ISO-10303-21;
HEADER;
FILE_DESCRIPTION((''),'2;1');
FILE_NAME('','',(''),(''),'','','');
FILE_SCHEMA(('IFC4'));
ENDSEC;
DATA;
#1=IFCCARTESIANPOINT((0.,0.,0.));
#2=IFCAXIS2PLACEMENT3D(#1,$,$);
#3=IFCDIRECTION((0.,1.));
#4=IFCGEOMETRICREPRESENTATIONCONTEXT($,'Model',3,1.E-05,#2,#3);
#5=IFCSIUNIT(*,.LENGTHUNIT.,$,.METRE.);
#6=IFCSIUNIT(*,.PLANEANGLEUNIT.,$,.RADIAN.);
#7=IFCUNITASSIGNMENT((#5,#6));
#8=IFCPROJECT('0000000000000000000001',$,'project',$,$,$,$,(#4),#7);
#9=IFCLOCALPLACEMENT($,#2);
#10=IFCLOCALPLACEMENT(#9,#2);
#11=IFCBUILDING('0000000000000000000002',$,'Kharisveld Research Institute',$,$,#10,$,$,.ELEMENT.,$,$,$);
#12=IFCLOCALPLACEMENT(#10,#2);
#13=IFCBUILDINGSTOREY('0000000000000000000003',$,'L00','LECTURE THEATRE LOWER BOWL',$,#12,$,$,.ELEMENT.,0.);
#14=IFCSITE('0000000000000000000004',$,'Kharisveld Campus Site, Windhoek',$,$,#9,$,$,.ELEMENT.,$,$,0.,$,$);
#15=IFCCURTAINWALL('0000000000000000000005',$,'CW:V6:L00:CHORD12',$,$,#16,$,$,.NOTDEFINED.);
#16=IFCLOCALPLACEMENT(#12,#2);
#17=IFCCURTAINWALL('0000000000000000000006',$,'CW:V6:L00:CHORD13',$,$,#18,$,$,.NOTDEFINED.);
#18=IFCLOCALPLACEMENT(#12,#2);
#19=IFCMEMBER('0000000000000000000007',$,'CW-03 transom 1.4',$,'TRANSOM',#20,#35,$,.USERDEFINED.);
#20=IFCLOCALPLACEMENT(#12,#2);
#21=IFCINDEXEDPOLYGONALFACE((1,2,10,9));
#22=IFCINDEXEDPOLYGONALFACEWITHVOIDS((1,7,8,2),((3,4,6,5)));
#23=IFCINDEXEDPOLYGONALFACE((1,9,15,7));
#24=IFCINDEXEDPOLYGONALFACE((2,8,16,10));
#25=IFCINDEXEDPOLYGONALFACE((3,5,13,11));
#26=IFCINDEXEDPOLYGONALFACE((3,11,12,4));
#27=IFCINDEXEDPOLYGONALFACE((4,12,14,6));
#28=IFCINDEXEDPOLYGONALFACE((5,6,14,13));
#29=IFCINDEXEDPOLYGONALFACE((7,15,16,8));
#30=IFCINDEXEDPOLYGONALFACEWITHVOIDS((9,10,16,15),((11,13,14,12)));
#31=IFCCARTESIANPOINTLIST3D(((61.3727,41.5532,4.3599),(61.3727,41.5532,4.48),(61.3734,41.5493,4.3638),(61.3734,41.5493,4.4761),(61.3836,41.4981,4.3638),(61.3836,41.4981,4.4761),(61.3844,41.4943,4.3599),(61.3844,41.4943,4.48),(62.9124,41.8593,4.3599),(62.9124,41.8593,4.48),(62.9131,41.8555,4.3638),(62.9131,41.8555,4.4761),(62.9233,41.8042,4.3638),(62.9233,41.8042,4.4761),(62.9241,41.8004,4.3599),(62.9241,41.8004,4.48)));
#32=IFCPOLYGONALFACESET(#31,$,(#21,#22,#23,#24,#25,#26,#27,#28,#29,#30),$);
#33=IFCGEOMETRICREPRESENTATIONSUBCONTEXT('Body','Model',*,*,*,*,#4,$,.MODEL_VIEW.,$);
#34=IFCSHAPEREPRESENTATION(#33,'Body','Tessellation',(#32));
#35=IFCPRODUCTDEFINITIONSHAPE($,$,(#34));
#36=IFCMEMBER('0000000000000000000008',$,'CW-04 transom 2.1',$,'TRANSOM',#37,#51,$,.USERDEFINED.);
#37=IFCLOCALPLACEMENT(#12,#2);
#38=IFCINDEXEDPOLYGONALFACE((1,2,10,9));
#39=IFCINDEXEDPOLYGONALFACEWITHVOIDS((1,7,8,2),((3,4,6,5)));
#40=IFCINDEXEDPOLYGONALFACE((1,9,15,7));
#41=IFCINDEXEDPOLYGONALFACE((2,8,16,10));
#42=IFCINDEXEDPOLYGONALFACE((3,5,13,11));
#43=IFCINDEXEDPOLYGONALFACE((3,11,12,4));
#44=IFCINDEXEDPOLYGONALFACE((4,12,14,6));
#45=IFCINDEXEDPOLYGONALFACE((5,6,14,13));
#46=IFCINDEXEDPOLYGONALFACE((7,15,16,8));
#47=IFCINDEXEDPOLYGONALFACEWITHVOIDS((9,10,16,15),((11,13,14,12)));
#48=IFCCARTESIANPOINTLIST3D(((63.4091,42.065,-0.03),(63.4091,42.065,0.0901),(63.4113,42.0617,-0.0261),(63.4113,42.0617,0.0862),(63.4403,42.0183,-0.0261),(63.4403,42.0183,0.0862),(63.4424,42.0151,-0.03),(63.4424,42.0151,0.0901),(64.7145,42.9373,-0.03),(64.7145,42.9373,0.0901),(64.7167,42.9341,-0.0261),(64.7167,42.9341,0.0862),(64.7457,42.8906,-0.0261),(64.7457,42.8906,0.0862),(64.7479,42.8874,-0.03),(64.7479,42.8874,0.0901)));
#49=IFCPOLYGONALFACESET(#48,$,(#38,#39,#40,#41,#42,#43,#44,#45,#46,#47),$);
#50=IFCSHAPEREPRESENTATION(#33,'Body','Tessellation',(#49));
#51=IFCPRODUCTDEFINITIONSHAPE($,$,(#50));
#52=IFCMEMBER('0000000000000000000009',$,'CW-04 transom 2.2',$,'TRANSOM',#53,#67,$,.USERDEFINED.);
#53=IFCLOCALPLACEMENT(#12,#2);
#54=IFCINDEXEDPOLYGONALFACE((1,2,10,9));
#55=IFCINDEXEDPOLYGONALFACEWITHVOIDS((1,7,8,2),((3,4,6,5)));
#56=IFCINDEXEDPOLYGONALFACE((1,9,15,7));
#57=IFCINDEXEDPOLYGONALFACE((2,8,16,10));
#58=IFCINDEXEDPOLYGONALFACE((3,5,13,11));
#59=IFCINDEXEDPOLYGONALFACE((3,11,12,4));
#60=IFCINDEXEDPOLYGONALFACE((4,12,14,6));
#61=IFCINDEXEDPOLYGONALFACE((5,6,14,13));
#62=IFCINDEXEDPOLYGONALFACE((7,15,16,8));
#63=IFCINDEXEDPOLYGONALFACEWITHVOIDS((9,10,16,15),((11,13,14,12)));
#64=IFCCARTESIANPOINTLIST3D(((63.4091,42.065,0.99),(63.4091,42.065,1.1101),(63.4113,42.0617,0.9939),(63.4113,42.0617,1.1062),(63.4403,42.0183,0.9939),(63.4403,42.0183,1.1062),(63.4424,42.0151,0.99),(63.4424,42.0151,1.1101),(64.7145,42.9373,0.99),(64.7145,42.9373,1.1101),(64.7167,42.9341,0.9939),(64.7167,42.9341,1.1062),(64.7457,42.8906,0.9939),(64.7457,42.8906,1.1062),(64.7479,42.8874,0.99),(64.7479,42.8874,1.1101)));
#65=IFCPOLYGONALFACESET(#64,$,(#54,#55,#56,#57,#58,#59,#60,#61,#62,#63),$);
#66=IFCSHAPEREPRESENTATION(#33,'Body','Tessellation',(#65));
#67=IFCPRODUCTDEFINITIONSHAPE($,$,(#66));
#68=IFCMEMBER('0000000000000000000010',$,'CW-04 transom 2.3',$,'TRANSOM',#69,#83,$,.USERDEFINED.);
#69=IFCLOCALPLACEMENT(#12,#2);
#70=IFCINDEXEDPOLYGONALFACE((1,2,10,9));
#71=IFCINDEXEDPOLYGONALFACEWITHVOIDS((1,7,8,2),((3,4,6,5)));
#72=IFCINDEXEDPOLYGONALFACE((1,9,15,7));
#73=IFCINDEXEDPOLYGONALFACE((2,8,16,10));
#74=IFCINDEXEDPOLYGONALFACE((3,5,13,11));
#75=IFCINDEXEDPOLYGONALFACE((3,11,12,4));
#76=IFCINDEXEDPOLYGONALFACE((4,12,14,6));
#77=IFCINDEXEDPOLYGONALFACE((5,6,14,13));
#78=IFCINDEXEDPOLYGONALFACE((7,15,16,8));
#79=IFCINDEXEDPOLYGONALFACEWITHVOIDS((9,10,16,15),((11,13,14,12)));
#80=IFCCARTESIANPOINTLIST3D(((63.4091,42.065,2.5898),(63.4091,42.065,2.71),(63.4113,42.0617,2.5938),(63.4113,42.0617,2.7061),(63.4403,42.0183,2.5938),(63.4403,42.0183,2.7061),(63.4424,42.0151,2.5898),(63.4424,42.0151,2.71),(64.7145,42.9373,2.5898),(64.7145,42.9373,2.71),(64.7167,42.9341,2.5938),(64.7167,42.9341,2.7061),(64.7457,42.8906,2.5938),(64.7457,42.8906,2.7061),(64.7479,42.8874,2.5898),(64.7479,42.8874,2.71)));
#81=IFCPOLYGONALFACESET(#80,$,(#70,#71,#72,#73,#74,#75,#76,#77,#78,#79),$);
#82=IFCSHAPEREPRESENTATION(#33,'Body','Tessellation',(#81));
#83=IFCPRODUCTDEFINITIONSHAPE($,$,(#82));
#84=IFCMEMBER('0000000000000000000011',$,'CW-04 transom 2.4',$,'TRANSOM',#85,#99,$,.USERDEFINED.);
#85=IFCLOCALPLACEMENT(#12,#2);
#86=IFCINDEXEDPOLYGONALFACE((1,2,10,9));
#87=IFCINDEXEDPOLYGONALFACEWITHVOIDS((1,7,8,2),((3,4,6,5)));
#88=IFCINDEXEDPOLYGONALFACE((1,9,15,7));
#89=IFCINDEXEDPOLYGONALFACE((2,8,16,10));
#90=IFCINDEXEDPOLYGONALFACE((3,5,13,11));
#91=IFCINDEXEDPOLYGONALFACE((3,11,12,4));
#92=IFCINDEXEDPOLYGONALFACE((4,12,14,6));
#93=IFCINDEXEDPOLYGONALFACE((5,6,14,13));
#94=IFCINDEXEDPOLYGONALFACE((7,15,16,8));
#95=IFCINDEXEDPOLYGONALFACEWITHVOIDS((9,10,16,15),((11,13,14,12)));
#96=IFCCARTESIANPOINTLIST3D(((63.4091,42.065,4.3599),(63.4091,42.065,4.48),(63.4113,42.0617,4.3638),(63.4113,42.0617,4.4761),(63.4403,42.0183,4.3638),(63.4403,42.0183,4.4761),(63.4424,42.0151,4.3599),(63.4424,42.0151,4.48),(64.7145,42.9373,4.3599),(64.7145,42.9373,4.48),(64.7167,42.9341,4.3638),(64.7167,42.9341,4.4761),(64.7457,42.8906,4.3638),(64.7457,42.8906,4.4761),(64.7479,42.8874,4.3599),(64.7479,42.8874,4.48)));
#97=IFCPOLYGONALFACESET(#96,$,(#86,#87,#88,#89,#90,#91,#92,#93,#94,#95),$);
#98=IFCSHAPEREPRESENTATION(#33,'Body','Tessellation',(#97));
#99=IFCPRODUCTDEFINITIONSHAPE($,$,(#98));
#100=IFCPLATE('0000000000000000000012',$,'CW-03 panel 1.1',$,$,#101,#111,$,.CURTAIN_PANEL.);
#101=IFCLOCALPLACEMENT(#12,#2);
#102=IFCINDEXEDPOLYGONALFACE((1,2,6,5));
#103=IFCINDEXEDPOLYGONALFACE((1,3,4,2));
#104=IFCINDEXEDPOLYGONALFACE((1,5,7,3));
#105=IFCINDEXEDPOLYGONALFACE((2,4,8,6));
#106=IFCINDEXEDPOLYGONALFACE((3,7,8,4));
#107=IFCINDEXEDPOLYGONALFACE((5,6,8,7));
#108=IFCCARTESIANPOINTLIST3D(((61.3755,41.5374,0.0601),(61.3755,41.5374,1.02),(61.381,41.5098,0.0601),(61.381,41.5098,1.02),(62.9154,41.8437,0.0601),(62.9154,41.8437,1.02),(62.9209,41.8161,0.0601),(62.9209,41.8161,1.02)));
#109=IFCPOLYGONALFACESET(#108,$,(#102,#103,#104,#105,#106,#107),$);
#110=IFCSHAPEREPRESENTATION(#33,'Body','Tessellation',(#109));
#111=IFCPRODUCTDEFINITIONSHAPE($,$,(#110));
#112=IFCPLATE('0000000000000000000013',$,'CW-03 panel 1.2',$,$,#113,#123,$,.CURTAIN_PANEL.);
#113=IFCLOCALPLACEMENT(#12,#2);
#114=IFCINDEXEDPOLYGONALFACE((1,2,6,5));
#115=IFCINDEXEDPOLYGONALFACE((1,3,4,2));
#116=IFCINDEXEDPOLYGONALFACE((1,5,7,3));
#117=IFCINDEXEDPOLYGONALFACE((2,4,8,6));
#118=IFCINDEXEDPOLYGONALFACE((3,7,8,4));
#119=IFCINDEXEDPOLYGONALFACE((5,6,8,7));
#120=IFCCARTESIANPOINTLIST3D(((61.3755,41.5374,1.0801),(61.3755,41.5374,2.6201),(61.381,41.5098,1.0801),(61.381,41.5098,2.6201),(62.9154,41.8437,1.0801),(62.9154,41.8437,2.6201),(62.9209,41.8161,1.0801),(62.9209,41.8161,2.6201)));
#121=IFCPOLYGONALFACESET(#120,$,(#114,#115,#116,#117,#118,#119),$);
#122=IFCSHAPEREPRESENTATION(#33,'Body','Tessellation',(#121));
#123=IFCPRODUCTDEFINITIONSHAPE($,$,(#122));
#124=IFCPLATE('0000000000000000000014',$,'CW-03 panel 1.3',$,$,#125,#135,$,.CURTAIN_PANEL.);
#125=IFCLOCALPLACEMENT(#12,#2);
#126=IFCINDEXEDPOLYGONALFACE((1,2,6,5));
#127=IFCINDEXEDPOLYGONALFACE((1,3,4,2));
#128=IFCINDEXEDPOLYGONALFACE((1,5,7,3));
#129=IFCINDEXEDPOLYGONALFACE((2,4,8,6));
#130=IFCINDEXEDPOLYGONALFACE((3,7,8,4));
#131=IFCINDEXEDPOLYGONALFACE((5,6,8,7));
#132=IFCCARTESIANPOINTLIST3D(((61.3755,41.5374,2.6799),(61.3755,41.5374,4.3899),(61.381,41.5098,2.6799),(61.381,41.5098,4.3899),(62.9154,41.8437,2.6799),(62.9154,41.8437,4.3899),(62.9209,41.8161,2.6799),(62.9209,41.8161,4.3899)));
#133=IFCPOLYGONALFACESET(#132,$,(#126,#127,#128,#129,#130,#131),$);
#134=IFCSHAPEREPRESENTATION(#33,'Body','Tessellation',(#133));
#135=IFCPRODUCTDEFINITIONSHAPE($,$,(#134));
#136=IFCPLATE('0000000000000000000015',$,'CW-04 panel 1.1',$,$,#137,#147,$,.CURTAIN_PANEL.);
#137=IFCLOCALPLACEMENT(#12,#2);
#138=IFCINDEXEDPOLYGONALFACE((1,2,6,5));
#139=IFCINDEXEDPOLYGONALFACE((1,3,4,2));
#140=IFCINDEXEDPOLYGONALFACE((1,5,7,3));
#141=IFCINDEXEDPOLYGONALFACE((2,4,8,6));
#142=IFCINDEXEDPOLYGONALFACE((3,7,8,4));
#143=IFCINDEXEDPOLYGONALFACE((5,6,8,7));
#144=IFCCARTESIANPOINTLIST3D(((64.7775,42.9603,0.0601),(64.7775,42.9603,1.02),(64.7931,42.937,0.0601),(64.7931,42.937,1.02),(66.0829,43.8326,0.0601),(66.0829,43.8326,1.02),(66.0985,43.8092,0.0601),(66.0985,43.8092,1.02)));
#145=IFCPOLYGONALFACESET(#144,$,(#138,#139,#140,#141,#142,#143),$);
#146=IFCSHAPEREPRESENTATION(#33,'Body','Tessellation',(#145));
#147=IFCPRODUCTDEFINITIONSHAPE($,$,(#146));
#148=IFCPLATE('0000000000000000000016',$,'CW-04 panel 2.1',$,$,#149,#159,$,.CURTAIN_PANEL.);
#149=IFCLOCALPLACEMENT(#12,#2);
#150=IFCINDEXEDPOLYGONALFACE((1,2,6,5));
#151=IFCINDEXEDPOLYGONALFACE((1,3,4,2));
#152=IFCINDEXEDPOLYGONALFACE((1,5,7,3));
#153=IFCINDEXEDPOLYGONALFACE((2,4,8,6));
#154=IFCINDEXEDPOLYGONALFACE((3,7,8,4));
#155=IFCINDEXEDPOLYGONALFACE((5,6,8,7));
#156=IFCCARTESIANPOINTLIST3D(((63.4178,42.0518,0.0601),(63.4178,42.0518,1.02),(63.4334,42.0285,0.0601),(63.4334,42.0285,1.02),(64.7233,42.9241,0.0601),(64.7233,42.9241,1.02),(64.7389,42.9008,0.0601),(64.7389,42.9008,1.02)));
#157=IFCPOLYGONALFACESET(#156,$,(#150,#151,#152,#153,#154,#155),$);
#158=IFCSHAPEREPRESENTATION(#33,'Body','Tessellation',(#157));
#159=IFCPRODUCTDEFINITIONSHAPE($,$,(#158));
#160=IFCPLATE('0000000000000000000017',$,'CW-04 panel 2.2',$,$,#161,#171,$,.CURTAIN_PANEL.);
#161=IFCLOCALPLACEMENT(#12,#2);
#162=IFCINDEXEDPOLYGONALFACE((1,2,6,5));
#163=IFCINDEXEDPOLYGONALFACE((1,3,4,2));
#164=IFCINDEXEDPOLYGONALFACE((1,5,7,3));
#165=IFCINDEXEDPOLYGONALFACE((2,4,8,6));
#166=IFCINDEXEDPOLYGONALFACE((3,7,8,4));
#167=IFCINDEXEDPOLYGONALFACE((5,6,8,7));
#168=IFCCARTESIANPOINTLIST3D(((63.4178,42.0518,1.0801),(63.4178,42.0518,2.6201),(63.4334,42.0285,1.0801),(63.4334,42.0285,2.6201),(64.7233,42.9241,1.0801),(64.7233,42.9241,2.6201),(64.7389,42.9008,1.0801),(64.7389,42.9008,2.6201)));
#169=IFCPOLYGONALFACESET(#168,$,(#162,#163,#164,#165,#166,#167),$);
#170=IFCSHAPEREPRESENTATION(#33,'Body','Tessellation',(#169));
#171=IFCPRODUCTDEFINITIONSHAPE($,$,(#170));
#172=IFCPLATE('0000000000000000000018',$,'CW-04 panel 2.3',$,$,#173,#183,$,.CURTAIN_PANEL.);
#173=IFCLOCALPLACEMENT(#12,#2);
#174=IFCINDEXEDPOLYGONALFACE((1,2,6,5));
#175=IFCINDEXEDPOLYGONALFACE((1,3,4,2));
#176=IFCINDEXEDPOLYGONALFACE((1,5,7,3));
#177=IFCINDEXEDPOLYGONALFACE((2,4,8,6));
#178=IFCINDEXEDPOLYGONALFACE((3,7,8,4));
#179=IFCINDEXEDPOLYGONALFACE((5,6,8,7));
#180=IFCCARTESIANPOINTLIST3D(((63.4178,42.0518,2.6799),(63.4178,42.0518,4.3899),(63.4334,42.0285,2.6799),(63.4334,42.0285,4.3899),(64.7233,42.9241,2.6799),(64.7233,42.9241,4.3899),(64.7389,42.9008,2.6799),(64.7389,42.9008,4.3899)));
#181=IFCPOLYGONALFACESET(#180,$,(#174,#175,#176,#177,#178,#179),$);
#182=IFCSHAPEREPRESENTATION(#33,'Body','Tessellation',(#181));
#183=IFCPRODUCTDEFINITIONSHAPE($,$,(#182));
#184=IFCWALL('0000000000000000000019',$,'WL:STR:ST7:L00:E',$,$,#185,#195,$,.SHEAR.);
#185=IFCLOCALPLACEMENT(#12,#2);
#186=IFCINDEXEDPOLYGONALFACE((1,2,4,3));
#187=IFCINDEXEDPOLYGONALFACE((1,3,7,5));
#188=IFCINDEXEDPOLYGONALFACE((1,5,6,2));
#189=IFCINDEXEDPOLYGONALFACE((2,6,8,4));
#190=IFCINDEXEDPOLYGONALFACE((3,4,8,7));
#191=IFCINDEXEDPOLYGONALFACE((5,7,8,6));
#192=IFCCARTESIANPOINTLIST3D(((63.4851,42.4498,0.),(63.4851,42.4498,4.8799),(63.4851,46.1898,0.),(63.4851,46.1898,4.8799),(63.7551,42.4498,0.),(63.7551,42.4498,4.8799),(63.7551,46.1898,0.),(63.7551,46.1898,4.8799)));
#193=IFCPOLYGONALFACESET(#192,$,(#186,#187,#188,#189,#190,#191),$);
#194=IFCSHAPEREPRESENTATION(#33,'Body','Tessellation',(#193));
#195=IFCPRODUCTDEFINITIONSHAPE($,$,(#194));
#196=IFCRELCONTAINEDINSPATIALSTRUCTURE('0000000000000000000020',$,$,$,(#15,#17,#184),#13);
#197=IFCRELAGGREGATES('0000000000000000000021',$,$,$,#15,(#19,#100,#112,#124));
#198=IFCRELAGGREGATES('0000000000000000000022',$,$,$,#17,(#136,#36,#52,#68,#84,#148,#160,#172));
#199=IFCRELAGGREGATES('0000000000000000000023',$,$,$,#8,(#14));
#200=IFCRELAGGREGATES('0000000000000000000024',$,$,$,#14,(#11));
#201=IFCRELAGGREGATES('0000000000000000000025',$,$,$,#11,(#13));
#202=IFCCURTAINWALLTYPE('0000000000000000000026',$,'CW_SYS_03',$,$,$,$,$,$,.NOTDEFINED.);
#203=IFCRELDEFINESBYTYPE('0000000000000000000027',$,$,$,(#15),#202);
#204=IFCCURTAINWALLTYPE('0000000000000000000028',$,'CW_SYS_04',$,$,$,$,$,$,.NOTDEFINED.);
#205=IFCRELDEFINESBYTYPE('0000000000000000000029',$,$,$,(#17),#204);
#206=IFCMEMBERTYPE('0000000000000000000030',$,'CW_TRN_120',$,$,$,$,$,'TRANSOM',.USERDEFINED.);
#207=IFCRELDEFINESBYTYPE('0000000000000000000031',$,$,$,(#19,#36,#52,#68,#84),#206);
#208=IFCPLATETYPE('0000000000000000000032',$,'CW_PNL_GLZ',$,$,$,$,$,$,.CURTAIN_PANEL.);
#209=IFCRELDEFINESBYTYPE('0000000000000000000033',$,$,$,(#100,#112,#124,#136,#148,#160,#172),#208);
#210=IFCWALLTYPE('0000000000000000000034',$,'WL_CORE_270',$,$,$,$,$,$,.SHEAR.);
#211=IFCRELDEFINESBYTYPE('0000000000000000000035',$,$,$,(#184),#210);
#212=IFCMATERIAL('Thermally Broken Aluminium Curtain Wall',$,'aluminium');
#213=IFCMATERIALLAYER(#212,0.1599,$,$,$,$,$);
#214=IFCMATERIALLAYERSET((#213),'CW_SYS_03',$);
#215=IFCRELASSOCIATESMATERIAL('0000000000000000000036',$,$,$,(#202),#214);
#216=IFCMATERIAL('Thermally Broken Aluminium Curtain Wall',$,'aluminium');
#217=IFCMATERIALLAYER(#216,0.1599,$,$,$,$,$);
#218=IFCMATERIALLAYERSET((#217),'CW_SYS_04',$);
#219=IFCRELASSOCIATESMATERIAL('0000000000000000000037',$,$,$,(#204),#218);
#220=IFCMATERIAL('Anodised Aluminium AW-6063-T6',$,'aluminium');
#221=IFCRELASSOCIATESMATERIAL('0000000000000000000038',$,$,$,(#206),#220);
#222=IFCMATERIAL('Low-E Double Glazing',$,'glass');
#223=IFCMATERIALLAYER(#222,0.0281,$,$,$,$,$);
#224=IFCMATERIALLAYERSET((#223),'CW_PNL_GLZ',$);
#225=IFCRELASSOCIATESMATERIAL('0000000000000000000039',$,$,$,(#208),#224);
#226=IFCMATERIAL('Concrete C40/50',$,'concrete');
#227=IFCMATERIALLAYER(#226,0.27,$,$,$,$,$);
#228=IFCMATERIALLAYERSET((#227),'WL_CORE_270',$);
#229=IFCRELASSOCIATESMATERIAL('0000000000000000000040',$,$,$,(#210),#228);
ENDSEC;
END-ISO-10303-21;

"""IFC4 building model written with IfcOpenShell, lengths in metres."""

from ifc_helpers import new_model, si_unit, direction, frame, frame_2d, origin, origin_2d, place, context, subcontext, project, spatial, rectangle, hollow_rectangle, extrude, material, layer, layer_set, material_profile, profile_set, type_object, element, aggregate, save


model = new_model("IFC4")

# Units and contexts
model_context = context("Model", 3, precision=1e-05, world=origin(), true_north=direction((0.0, 1.0)))
body_context = subcontext(model_context, "Body", "Model", "MODEL_VIEW")
ifc_project = project(units=[si_unit("LENGTHUNIT", "METRE"), si_unit("PLANEANGLEUNIT", "RADIAN")], contexts=[model_context])

# Site, building, storey
site_placement = place(None, origin())
site = spatial("IfcSite", under=ifc_project, at=site_placement, Name="Kharisveld Campus Site, Windhoek", CompositionType="ELEMENT", RefElevation=0.0)
building_placement = place(site_placement, origin())
building = spatial("IfcBuilding", under=site, at=building_placement, Name="Kharisveld Research Institute", CompositionType="ELEMENT")
storey_placement = place(building_placement, origin())
storey = spatial("IfcBuildingStorey", under=building, at=storey_placement, Name="L00", Description="LECTURE THEATRE LOWER BOWL", CompositionType="ELEMENT", Elevation=0.0)

# Curtain wall
ifc_material_1 = material(Name="Thermally Broken Aluminium Curtain Wall", Category="aluminium")
ifc_layer_1 = layer(ifc_material_1, 0.1599)
ifc_layer_set_1 = layer_set([ifc_layer_1], Name="CW_SYS_03")
curtain_wall_type_1 = type_object("IfcCurtainWallType", Name="CW_SYS_03", PredefinedType="NOTDEFINED", material=ifc_layer_set_1)
curtain_wall_1_placement = place(storey_placement, origin())
curtain_wall_1 = element("IfcCurtainWall", 1, at=curtain_wall_1_placement, inside=storey, type_object=curtain_wall_type_1, Name="CW:V6:L00:CHORD12", PredefinedType="NOTDEFINED")

# Curtain wall
ifc_material_2 = material(Name="Thermally Broken Aluminium Curtain Wall", Category="aluminium")
ifc_layer_2 = layer(ifc_material_2, 0.1599)
ifc_layer_set_2 = layer_set([ifc_layer_2], Name="CW_SYS_04")
curtain_wall_type_2 = type_object("IfcCurtainWallType", Name="CW_SYS_04", PredefinedType="NOTDEFINED", material=ifc_layer_set_2)
curtain_wall_2_placement = place(storey_placement, origin())
curtain_wall_2 = element("IfcCurtainWall", 2, at=curtain_wall_2_placement, inside=storey, type_object=curtain_wall_type_2, Name="CW:V6:L00:CHORD13", PredefinedType="NOTDEFINED")

# Members
ifc_material_3 = material(Name="Anodised Aluminium AW-6063-T6", Category="aluminium")
ifc_material_profile_1 = material_profile(ifc_material_3, hollow_rectangle(XDim=0.0601, YDim=0.1201, WallThickness=0.0039, at=origin_2d()))
ifc_profile_set_1 = profile_set([ifc_material_profile_1], Name="Anodised Aluminium AW-6063-T6")
member_type_1 = type_object("IfcMemberType", Name="CW_TRN_120", ElementType="TRANSOM", PredefinedType="USERDEFINED", material=ifc_profile_set_1)
member_1_placement = place(storey_placement, frame((62.9182, 41.8298, 4.4199), z_axis=(-0.980801, -0.195009, 0.0), x_axis=(0.195009, -0.980801, 0.0)))
member_1 = element("IfcMember", 3, at=member_1_placement, type_object=member_type_1, Name="CW-03 transom 1.4", ObjectType="TRANSOM", PredefinedType="USERDEFINED", context=body_context, shape_type="SweptSolid", body=[
    extrude(hollow_rectangle(XDim=0.0601, YDim=0.1201, WallThickness=0.0039, at=origin_2d()), origin(), (0.0, 0.0, 1.0), 1.5698),
])
member_2_placement = place(storey_placement, frame((64.7312, 42.9124, 0.03), z_axis=(-0.831452, -0.555597, 0.0), x_axis=(0.555597, -0.831452, 0.0)))
member_2 = element("IfcMember", 4, at=member_2_placement, type_object=member_type_1, Name="CW-04 transom 2.1", ObjectType="TRANSOM", PredefinedType="USERDEFINED", context=body_context, shape_type="SweptSolid", body=[
    extrude(hollow_rectangle(XDim=0.0601, YDim=0.1201, WallThickness=0.0039, at=origin_2d()), origin(), (0.0, 0.0, 1.0), 1.5701),
])
member_3_placement = place(storey_placement, frame((64.7312, 42.9124, 1.05), z_axis=(-0.831452, -0.555597, 0.0), x_axis=(0.555597, -0.831452, 0.0)))
member_3 = element("IfcMember", 5, at=member_3_placement, type_object=member_type_1, Name="CW-04 transom 2.2", ObjectType="TRANSOM", PredefinedType="USERDEFINED", context=body_context, shape_type="SweptSolid", body=[
    extrude(hollow_rectangle(XDim=0.0601, YDim=0.1201, WallThickness=0.0039, at=origin_2d()), origin(), (0.0, 0.0, 1.0), 1.5701),
])
member_4_placement = place(storey_placement, frame((64.7312, 42.9124, 2.6499), z_axis=(-0.831452, -0.555597, 0.0), x_axis=(0.555597, -0.831452, 0.0)))
member_4 = element("IfcMember", 6, at=member_4_placement, type_object=member_type_1, Name="CW-04 transom 2.3", ObjectType="TRANSOM", PredefinedType="USERDEFINED", context=body_context, shape_type="SweptSolid", body=[
    extrude(hollow_rectangle(XDim=0.0601, YDim=0.1201, WallThickness=0.0039, at=origin_2d()), origin(), (0.0, 0.0, 1.0), 1.5701),
])
member_5_placement = place(storey_placement, frame((64.7312, 42.9124, 4.4199), z_axis=(-0.831452, -0.555597, 0.0), x_axis=(0.555597, -0.831452, 0.0)))
member_5 = element("IfcMember", 7, at=member_5_placement, type_object=member_type_1, Name="CW-04 transom 2.4", ObjectType="TRANSOM", PredefinedType="USERDEFINED", context=body_context, shape_type="SweptSolid", body=[
    extrude(hollow_rectangle(XDim=0.0601, YDim=0.1201, WallThickness=0.0039, at=origin_2d()), origin(), (0.0, 0.0, 1.0), 1.5701),
])

# Plates
ifc_material_4 = material(Name="Low-E Double Glazing", Category="glass")
ifc_layer_3 = layer(ifc_material_4, 0.0281)
ifc_layer_set_3 = layer_set([ifc_layer_3], Name="CW_PNL_GLZ")
plate_type = type_object("IfcPlateType", Name="CW_PNL_GLZ", PredefinedType="CURTAIN_PANEL", material=ifc_layer_set_3)
plate_1_placement = place(storey_placement, frame((62.1482, 41.6768, 0.0601), z_axis=(0.0, 0.0, 1.0), x_axis=(-0.980785, -0.195091, 0.0)))
plate_1 = element("IfcPlate", 8, at=plate_1_placement, type_object=plate_type, Name="CW-03 panel 1.1", PredefinedType="CURTAIN_PANEL", context=body_context, shape_type="SweptSolid", body=[
    extrude(rectangle(XDim=1.5701, YDim=0.0281, at=origin_2d()), origin(), (0.0, 0.0, 1.0), 0.96),
])
plate_2_placement = place(storey_placement, frame((62.1482, 41.6768, 1.0801), z_axis=(0.0, 0.0, 1.0), x_axis=(-0.980785, -0.195091, 0.0)))
plate_2 = element("IfcPlate", 9, at=plate_2_placement, type_object=plate_type, Name="CW-03 panel 1.2", PredefinedType="CURTAIN_PANEL", context=body_context, shape_type="SweptSolid", body=[
    extrude(rectangle(XDim=1.5701, YDim=0.0281, at=origin_2d()), origin(), (0.0, 0.0, 1.0), 1.54),
])
plate_3_placement = place(storey_placement, frame((62.1482, 41.6768, 2.6799), z_axis=(0.0, 0.0, 1.0), x_axis=(-0.980785, -0.195091, 0.0)))
plate_3 = element("IfcPlate", 10, at=plate_3_placement, type_object=plate_type, Name="CW-03 panel 1.3", PredefinedType="CURTAIN_PANEL", context=body_context, shape_type="SweptSolid", body=[
    extrude(rectangle(XDim=1.5701, YDim=0.0281, at=origin_2d()), origin(), (0.0, 0.0, 1.0), 1.71),
])
aggregate(curtain_wall_1, [member_1, plate_1, plate_2, plate_3])
plate_4_placement = place(storey_placement, frame((65.438, 43.3848, 0.0601), z_axis=(0.0, 0.0, 1.0), x_axis=(-0.83147, -0.55557, 0.0)))
plate_4 = element("IfcPlate", 11, at=plate_4_placement, type_object=plate_type, Name="CW-04 panel 1.1", PredefinedType="CURTAIN_PANEL", context=body_context, shape_type="SweptSolid", body=[
    extrude(rectangle(XDim=1.5701, YDim=0.0281, at=origin_2d()), origin(), (0.0, 0.0, 1.0), 0.96),
])
plate_5_placement = place(storey_placement, frame((64.0784, 42.4763, 0.0601), z_axis=(0.0, 0.0, 1.0), x_axis=(-0.83147, -0.55557, 0.0)))
plate_5 = element("IfcPlate", 12, at=plate_5_placement, type_object=plate_type, Name="CW-04 panel 2.1", PredefinedType="CURTAIN_PANEL", context=body_context, shape_type="SweptSolid", body=[
    extrude(rectangle(XDim=1.5701, YDim=0.0281, at=origin_2d()), origin(), (0.0, 0.0, 1.0), 0.96),
])
plate_6_placement = place(storey_placement, frame((64.0784, 42.4763, 1.0801), z_axis=(0.0, 0.0, 1.0), x_axis=(-0.83147, -0.55557, 0.0)))
plate_6 = element("IfcPlate", 13, at=plate_6_placement, type_object=plate_type, Name="CW-04 panel 2.2", PredefinedType="CURTAIN_PANEL", context=body_context, shape_type="SweptSolid", body=[
    extrude(rectangle(XDim=1.5701, YDim=0.0281, at=origin_2d()), origin(), (0.0, 0.0, 1.0), 1.54),
])
plate_7_placement = place(storey_placement, frame((64.0784, 42.4763, 2.6799), z_axis=(0.0, 0.0, 1.0), x_axis=(-0.83147, -0.55557, 0.0)))
plate_7 = element("IfcPlate", 14, at=plate_7_placement, type_object=plate_type, Name="CW-04 panel 2.3", PredefinedType="CURTAIN_PANEL", context=body_context, shape_type="SweptSolid", body=[
    extrude(rectangle(XDim=1.5701, YDim=0.0281, at=origin_2d()), origin(), (0.0, 0.0, 1.0), 1.71),
])
aggregate(curtain_wall_2, [plate_4, member_2, member_3, member_4, member_5, plate_5, plate_6, plate_7])

# Wall
ifc_material_5 = material(Name="Concrete C40/50", Category="concrete")
ifc_layer_4 = layer(ifc_material_5, 0.27)
ifc_layer_set_4 = layer_set([ifc_layer_4], Name="WL_CORE_270")
wall_type = type_object("IfcWallType", Name="WL_CORE_270", PredefinedType="SHEAR", material=ifc_layer_set_4)
wall_1_placement = place(storey_placement, frame((63.6201, 46.1899, 0.0), z_axis=(0.0, 0.0, 1.0), x_axis=(0.0, -1.0, 0.0)))
element("IfcWall", 15, at=wall_1_placement, inside=storey, type_object=wall_type, Name="WL:STR:ST7:L00:E", PredefinedType="SHEAR", context=body_context, shape_type="SweptSolid", body=[
    extrude(rectangle(XDim=3.74, YDim=0.27, at=frame_2d((1.8701, 0.0))), origin(), (0.0, 0.0, 1.0), 4.8799),
])

save(model, "model.ifc")
